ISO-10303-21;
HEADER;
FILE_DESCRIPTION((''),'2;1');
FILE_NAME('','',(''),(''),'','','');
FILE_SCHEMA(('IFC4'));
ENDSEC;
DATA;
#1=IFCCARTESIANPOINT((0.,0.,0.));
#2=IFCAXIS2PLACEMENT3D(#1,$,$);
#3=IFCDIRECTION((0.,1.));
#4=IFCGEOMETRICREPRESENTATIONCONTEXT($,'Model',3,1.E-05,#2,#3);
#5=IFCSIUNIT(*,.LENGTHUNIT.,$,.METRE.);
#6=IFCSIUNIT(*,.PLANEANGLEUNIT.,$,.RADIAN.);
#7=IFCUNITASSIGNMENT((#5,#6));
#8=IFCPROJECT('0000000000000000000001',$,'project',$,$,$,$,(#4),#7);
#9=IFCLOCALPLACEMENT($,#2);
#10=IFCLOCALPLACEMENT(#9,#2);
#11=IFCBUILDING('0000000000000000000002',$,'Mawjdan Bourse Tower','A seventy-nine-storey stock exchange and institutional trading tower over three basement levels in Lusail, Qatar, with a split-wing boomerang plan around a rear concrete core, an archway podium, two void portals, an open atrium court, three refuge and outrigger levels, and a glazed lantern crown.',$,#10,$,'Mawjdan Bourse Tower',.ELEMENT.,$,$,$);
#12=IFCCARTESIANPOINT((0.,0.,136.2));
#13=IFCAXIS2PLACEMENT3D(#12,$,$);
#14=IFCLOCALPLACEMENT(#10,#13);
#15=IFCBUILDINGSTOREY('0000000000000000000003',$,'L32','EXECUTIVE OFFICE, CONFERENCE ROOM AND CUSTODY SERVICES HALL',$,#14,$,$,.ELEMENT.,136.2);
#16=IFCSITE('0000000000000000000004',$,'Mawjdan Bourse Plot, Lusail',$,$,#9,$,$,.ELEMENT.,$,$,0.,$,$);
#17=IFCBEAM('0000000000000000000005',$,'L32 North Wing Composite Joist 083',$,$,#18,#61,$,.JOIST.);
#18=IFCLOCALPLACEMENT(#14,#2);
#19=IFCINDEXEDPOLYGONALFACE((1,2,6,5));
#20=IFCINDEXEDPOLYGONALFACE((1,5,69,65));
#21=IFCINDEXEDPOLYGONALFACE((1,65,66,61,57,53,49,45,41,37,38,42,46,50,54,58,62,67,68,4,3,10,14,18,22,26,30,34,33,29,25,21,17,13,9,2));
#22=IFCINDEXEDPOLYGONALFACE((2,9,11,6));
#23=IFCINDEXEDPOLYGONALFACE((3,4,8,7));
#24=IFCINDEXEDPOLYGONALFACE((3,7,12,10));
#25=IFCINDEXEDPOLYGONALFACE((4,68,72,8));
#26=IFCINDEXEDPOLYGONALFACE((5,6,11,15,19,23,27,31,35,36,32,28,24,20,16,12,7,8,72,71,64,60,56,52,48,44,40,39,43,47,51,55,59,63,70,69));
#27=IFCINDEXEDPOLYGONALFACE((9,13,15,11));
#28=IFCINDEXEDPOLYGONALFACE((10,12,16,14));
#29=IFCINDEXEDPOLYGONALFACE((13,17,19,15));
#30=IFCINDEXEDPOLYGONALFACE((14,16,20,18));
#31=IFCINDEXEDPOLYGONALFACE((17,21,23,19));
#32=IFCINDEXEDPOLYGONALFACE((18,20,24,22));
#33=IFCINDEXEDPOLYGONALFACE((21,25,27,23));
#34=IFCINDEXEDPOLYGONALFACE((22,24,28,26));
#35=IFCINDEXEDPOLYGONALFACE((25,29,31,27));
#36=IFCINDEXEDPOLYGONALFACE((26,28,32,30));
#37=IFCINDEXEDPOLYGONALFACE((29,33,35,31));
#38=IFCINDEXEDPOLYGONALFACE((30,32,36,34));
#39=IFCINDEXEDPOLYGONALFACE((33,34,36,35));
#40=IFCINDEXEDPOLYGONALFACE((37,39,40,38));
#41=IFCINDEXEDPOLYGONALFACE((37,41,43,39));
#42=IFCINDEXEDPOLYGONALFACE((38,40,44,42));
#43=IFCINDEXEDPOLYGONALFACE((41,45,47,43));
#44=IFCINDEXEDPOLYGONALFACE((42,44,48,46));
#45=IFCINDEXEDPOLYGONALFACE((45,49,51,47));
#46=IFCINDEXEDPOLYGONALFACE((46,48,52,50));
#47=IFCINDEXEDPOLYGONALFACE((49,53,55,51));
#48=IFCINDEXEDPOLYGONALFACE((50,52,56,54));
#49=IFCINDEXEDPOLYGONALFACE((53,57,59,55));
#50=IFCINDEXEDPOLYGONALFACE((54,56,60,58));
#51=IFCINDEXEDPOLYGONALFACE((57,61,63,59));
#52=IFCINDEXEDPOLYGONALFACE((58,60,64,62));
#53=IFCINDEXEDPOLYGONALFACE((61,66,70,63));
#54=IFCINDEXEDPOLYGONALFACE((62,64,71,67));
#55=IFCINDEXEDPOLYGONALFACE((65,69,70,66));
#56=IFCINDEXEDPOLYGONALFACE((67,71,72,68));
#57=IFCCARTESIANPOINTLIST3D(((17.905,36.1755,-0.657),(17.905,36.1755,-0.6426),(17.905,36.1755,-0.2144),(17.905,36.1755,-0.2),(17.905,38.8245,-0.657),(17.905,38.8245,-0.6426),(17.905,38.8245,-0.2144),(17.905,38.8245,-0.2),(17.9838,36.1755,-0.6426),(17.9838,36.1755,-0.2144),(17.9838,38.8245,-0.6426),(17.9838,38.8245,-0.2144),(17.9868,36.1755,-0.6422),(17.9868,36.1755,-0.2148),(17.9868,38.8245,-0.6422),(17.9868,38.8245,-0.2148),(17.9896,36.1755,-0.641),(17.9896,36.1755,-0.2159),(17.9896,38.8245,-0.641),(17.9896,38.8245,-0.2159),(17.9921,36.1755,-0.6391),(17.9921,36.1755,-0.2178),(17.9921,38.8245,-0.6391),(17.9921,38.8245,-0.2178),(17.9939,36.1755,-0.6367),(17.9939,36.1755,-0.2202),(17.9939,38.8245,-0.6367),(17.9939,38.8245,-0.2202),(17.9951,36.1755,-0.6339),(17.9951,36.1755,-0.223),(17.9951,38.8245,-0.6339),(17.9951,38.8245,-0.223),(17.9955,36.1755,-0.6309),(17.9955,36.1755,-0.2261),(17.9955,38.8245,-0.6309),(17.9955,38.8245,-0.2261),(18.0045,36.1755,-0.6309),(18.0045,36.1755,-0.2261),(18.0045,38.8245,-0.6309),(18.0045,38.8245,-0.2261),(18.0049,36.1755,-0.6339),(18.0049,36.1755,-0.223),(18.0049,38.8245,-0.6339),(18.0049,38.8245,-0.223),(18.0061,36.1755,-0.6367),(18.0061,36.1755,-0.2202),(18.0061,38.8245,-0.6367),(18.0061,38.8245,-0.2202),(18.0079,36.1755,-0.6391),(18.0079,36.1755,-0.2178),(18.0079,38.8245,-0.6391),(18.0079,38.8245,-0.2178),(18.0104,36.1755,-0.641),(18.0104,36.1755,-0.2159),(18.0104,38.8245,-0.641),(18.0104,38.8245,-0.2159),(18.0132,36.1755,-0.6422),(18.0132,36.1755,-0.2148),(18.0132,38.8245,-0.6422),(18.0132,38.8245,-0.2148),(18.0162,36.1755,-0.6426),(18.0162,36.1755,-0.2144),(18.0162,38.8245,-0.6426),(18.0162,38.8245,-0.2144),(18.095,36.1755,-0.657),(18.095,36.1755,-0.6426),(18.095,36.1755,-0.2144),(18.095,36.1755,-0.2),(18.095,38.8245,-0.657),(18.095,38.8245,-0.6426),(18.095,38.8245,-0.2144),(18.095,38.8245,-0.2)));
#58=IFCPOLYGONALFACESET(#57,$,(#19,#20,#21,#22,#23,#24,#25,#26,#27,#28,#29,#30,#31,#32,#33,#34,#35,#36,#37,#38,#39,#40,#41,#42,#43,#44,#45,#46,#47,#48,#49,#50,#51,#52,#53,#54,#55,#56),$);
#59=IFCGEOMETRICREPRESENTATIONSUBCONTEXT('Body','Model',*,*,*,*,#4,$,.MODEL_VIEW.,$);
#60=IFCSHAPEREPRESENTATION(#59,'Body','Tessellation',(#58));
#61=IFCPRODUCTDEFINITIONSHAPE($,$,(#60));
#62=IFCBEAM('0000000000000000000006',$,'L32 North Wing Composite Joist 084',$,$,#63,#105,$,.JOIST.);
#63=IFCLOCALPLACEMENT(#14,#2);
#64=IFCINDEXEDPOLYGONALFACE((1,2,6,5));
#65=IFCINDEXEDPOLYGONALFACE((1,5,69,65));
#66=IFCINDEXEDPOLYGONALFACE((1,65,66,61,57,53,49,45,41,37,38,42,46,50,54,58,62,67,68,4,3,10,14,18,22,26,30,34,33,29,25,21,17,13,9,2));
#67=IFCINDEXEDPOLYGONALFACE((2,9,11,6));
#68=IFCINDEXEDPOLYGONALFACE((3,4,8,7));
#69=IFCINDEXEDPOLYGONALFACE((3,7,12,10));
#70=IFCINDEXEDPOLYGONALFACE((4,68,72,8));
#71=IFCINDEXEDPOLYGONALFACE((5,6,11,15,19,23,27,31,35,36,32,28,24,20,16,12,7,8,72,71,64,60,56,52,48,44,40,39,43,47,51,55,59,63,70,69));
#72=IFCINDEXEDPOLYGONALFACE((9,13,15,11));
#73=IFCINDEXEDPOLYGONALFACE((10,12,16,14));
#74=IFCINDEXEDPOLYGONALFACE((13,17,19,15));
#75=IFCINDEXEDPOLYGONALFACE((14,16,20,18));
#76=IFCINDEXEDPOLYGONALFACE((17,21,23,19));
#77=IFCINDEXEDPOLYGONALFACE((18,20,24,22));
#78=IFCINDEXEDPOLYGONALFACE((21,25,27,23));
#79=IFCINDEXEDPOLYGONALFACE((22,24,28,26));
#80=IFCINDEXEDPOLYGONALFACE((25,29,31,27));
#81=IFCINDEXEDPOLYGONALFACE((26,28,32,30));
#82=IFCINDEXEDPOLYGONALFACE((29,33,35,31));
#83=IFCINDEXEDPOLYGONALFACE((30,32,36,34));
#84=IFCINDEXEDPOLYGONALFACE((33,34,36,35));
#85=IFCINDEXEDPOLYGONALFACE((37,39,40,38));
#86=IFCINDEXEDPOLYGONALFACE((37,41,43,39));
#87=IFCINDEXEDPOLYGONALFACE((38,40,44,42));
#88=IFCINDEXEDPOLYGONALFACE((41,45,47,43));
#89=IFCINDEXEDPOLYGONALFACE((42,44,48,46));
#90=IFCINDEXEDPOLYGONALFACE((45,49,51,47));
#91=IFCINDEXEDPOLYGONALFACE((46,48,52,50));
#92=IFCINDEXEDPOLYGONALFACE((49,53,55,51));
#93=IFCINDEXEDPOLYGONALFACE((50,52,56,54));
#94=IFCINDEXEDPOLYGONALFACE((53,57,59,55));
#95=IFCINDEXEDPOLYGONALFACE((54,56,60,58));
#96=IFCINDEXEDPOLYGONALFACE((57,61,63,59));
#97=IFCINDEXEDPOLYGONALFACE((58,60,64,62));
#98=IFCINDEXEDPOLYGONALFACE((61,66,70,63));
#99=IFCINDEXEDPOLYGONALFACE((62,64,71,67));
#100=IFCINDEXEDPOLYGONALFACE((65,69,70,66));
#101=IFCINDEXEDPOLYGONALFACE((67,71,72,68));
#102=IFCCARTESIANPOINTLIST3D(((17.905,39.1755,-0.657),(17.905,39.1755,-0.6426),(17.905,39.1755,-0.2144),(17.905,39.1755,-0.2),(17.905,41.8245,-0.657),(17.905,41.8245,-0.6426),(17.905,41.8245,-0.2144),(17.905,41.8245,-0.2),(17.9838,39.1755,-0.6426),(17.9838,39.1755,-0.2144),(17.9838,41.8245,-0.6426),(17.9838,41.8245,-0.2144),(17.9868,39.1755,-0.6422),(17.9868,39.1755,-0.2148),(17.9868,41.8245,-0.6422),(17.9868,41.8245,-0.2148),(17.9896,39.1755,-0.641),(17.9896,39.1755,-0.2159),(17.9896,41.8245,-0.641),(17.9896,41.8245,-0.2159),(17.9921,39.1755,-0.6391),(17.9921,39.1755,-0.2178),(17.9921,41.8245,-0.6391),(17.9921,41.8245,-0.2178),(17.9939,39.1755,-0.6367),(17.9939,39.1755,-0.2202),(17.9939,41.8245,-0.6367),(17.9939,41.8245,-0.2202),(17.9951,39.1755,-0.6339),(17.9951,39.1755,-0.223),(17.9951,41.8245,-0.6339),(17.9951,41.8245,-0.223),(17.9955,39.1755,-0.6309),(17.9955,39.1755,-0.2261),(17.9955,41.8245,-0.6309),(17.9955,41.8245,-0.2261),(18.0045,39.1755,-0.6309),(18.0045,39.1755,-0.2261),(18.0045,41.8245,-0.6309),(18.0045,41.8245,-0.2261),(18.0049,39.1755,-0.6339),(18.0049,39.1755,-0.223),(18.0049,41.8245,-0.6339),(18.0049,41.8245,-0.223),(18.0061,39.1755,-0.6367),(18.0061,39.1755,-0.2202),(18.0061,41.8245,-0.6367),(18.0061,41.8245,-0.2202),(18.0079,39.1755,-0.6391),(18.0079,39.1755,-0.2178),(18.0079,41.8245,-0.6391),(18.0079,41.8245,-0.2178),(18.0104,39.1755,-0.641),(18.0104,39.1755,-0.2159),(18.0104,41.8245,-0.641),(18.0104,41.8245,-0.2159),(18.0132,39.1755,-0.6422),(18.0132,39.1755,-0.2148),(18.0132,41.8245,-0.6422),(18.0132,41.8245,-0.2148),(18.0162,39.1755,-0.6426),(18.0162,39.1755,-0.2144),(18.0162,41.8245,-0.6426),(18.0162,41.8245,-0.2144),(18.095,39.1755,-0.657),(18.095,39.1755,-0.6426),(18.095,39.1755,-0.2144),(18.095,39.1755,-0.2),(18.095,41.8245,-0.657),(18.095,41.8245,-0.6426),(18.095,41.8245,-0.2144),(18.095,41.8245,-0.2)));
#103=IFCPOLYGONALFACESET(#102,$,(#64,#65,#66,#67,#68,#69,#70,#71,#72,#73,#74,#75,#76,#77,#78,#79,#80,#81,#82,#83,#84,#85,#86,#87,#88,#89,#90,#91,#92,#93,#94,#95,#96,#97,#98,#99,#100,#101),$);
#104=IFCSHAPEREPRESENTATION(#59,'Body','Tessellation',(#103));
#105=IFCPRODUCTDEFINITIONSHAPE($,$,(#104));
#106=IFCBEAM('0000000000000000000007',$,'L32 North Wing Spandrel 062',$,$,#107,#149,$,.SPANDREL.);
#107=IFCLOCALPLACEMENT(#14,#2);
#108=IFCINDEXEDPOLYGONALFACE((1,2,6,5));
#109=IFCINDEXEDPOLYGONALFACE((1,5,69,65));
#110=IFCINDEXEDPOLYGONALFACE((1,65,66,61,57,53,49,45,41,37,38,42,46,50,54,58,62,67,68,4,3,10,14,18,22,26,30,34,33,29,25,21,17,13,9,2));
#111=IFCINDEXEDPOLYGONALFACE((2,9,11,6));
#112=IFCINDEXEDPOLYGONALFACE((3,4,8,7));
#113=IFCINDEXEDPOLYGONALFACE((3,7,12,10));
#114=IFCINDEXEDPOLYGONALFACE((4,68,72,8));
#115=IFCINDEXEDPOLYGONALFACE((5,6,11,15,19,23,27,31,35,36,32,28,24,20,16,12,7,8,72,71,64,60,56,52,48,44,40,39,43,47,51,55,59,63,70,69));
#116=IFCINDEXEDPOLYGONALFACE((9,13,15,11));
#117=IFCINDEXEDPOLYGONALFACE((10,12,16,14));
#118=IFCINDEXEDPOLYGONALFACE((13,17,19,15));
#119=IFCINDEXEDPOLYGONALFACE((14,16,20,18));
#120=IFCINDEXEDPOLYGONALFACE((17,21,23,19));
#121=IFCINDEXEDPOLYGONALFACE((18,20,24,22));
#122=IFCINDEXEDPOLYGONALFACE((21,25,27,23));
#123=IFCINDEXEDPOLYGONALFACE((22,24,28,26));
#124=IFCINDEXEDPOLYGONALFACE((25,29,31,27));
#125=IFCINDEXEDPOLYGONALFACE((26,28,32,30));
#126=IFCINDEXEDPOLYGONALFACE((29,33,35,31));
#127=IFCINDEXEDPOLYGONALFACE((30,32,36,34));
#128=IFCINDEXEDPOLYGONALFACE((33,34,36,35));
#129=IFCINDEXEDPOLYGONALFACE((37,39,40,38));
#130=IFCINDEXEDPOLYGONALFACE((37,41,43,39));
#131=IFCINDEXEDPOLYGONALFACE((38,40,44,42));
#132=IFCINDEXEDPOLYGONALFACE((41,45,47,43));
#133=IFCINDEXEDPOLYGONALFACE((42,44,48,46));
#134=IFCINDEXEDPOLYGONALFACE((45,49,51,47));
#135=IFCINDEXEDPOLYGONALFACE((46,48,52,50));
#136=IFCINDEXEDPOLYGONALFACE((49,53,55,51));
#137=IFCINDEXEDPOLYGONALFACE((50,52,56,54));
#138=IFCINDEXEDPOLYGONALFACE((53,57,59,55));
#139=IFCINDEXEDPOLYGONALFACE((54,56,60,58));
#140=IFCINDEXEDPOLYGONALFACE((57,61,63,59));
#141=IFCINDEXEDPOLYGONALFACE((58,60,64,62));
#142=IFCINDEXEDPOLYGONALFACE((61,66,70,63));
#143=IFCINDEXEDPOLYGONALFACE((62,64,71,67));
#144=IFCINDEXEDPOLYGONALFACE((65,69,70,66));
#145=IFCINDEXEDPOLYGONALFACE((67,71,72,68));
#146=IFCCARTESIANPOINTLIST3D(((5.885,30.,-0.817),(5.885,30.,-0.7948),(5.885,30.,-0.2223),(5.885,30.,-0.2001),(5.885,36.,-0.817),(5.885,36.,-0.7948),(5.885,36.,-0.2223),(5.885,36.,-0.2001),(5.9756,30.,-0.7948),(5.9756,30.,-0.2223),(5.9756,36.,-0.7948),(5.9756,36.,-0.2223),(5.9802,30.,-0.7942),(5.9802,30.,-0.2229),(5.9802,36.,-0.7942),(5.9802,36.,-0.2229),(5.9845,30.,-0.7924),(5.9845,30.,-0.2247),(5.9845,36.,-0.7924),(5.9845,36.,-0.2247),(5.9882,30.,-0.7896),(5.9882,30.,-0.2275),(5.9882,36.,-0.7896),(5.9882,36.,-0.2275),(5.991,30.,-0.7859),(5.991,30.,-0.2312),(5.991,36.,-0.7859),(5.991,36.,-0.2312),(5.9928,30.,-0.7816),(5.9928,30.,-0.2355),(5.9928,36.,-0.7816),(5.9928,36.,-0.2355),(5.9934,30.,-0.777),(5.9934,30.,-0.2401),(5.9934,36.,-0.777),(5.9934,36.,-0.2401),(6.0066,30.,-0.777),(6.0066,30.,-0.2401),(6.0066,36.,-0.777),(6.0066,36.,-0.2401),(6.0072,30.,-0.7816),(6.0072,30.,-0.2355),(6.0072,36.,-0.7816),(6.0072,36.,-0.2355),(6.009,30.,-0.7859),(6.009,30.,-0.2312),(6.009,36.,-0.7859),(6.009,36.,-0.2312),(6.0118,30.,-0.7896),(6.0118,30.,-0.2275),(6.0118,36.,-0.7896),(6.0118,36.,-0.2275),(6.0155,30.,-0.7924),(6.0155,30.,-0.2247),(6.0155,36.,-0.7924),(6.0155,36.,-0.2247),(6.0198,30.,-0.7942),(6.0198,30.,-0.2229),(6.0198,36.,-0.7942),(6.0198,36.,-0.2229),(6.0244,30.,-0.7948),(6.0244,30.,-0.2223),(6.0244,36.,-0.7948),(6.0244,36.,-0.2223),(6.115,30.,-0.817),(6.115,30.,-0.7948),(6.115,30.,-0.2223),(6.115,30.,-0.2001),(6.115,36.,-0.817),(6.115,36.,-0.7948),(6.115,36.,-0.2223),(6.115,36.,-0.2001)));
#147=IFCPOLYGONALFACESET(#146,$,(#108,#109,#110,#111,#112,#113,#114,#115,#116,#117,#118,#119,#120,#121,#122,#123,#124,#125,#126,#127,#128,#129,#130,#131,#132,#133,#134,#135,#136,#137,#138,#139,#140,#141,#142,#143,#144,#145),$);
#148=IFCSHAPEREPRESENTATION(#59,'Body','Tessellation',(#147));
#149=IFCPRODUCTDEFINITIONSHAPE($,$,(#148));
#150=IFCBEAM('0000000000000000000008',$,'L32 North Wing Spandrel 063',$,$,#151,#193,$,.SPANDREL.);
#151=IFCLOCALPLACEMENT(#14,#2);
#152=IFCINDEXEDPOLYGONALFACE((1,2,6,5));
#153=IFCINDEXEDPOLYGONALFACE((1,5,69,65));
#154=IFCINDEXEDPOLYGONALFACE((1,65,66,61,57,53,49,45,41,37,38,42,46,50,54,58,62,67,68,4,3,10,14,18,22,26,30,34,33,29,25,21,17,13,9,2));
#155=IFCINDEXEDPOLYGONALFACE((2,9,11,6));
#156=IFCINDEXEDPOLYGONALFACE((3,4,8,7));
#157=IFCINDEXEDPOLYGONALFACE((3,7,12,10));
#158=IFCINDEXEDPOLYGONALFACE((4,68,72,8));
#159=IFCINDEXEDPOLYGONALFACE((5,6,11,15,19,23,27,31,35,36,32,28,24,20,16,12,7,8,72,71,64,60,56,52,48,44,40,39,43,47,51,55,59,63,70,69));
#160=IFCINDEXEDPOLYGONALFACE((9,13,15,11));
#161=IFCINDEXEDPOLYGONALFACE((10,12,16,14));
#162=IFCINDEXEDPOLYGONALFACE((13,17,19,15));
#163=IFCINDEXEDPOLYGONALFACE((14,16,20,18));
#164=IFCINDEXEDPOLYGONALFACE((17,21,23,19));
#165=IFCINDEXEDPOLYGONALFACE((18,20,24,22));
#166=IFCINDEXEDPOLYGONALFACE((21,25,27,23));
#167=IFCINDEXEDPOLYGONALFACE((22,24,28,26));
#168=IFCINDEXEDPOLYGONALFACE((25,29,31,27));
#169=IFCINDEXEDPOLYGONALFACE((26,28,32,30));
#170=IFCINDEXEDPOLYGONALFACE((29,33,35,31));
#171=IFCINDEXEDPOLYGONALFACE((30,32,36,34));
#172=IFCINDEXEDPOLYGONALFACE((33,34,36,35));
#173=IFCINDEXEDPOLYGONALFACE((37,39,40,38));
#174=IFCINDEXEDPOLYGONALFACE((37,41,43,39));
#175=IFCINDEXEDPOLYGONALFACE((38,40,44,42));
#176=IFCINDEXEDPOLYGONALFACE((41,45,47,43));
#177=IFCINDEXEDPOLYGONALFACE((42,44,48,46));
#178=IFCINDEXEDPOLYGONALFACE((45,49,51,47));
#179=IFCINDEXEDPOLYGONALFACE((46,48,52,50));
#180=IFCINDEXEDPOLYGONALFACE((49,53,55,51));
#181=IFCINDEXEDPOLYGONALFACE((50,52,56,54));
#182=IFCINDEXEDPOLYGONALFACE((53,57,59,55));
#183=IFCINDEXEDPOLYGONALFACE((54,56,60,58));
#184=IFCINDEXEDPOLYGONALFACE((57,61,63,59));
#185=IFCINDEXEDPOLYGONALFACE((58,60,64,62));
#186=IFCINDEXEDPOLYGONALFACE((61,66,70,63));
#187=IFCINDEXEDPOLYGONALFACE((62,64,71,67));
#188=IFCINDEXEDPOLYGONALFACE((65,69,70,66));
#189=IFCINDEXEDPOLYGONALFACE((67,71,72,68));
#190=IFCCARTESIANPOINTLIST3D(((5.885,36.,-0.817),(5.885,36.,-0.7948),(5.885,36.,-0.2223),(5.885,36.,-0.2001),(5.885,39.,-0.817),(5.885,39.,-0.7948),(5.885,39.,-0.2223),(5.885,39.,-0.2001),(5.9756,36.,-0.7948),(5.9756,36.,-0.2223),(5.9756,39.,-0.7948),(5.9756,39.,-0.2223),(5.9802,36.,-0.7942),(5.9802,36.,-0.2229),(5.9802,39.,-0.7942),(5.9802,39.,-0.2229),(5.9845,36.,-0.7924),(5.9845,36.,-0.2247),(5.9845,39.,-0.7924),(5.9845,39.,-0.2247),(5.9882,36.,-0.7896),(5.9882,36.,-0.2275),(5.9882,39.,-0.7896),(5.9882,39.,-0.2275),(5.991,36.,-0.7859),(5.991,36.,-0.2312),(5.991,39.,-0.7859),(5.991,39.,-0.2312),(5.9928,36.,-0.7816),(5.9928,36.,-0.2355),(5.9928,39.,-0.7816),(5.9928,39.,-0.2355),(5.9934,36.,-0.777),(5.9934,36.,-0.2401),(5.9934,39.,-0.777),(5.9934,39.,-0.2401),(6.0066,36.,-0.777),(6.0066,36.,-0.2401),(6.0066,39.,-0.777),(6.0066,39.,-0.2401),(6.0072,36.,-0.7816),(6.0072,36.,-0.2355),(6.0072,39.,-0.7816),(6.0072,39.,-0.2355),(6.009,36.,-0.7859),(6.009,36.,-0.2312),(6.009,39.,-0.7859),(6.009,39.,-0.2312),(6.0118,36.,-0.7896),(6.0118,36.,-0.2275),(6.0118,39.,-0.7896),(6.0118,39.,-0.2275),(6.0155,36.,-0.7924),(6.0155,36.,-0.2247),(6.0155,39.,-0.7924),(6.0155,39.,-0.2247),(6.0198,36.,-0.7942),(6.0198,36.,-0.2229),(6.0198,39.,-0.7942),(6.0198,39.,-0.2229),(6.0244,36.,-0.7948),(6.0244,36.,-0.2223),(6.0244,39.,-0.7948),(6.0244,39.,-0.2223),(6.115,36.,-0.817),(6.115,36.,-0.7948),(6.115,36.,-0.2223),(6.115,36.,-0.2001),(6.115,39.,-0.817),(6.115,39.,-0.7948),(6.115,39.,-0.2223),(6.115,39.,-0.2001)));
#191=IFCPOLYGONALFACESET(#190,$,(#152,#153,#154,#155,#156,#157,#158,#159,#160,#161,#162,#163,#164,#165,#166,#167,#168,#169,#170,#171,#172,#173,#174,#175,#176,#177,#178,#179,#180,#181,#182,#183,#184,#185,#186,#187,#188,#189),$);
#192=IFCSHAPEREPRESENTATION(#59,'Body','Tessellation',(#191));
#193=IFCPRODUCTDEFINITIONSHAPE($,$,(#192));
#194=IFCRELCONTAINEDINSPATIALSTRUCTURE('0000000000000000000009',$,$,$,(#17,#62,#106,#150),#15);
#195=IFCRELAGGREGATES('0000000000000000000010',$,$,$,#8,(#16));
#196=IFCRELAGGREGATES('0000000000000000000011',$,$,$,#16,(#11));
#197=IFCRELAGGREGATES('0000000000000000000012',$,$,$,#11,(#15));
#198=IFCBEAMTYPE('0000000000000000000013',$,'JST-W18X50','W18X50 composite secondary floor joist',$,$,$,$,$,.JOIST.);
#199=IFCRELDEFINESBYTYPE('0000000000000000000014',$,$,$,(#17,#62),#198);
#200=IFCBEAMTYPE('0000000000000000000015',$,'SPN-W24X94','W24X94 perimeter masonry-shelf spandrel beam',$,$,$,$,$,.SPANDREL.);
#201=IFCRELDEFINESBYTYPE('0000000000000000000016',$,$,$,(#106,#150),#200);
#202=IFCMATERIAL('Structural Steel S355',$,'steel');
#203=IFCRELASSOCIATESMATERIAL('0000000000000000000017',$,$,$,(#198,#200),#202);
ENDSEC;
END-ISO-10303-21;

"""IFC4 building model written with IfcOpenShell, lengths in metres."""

from ifc_helpers import new_model, si_unit, direction, frame, origin, origin_2d, place, context, subcontext, project, spatial, i_section, extrude, material, material_profile, profile_set, type_object, element, save


model = new_model("IFC4")

# Units and contexts
model_context = context("Model", 3, precision=1e-05, world=origin(), true_north=direction((0.0, 1.0)))
body_context = subcontext(model_context, "Body", "Model", "MODEL_VIEW")
ifc_project = project(units=[si_unit("LENGTHUNIT", "METRE"), si_unit("PLANEANGLEUNIT", "RADIAN")], contexts=[model_context])

# Site, building, storey
site_placement = place(None, origin())
site = spatial("IfcSite", under=ifc_project, at=site_placement, Name="Mawjdan Bourse Plot, Lusail", CompositionType="ELEMENT", RefElevation=0.0)
building_placement = place(site_placement, origin())
building = spatial("IfcBuilding", under=site, at=building_placement, Name="Mawjdan Bourse Tower", Description="A seventy-nine-storey stock exchange and institutional trading tower over three basement levels in Lusail, Qatar, with a split-wing boomerang plan around a rear concrete core, an archway podium, two void portals, an open atrium court, three refuge and outrigger levels, and a glazed lantern crown.", LongName="Mawjdan Bourse Tower", CompositionType="ELEMENT")
storey_placement = place(building_placement, frame((0.0, 0.0, 136.2)))
storey = spatial("IfcBuildingStorey", under=building, at=storey_placement, Name="L32", Description="EXECUTIVE OFFICE, CONFERENCE ROOM AND CUSTODY SERVICES HALL", CompositionType="ELEMENT", Elevation=136.2)

# Beams
ifc_material_1 = material(Name="Structural Steel S355", Category="steel")
ifc_material_profile_1 = material_profile(ifc_material_1, i_section(OverallWidth=0.1899, OverallDepth=0.457, WebThickness=0.009, FlangeThickness=0.0144, FilletRadius=0.0117, at=origin_2d()), Name="W18X50")
ifc_profile_set_1 = profile_set([ifc_material_profile_1], Name="Structural Steel S355")
beam_type_1 = type_object("IfcBeamType", Name="JST-W18X50", Description="W18X50 composite secondary floor joist", PredefinedType="JOIST", material=ifc_profile_set_1)
for number, where, z_axis, x_axis, name in (
    (1, (18.0, 36.1755, -0.4285), (0.0, 1.0, 0.0), (-1.0, 0.0, 0.0), "L32 North Wing Composite Joist 083"),
    (2, (18.0, 39.1755, -0.4285), (0.0, 1.0, 0.0), (-1.0, 0.0, 0.0), "L32 North Wing Composite Joist 084"),
):
    element("IfcBeam", number, at=place(storey_placement, frame(where, z_axis=z_axis, x_axis=x_axis)), inside=storey, type_object=beam_type_1, Name=name, PredefinedType="JOIST", context=body_context, shape_type="SweptSolid", body=[
        extrude(i_section(OverallWidth=0.1899, OverallDepth=0.457, WebThickness=0.009, FlangeThickness=0.0144, FilletRadius=0.0117, at=origin_2d()), origin(), (0.0, 0.0, 1.0), 2.6489),
    ])
ifc_material_profile_2 = material_profile(ifc_material_1, i_section(OverallWidth=0.23, OverallDepth=0.6169, WebThickness=0.0132, FlangeThickness=0.0222, FilletRadius=0.0178, at=origin_2d()), Name="W24X94")
ifc_profile_set_2 = profile_set([ifc_material_profile_2], Name="Structural Steel S355")
beam_type_2 = type_object("IfcBeamType", Name="SPN-W24X94", Description="W24X94 perimeter masonry-shelf spandrel beam", PredefinedType="SPANDREL", material=ifc_profile_set_2)
beam_1_placement = place(storey_placement, frame((6.0, 30.0, -0.5085), z_axis=(0.0, 1.0, 0.0), x_axis=(-1.0, 0.0, 0.0)))
element("IfcBeam", 3, at=beam_1_placement, inside=storey, type_object=beam_type_2, Name="L32 North Wing Spandrel 062", PredefinedType="SPANDREL", context=body_context, shape_type="SweptSolid", body=[
    extrude(i_section(OverallWidth=0.23, OverallDepth=0.6169, WebThickness=0.0132, FlangeThickness=0.0222, FilletRadius=0.0178, at=origin_2d()), origin(), (0.0, 0.0, 1.0), 6.0),
])
for number, where, z_axis, x_axis, name in (
    (4, (6.0, 36.0, -0.5085), (0.0, 1.0, 0.0), (-1.0, 0.0, 0.0), "L32 North Wing Spandrel 063"),
):
    element("IfcBeam", number, at=place(storey_placement, frame(where, z_axis=z_axis, x_axis=x_axis)), inside=storey, type_object=beam_type_2, Name=name, PredefinedType="SPANDREL", context=body_context, shape_type="SweptSolid", body=[
        extrude(i_section(OverallWidth=0.23, OverallDepth=0.6169, WebThickness=0.0132, FlangeThickness=0.0222, FilletRadius=0.0178, at=origin_2d()), origin(), (0.0, 0.0, 1.0), 3.0),
    ])

save(model, "model.ifc")
